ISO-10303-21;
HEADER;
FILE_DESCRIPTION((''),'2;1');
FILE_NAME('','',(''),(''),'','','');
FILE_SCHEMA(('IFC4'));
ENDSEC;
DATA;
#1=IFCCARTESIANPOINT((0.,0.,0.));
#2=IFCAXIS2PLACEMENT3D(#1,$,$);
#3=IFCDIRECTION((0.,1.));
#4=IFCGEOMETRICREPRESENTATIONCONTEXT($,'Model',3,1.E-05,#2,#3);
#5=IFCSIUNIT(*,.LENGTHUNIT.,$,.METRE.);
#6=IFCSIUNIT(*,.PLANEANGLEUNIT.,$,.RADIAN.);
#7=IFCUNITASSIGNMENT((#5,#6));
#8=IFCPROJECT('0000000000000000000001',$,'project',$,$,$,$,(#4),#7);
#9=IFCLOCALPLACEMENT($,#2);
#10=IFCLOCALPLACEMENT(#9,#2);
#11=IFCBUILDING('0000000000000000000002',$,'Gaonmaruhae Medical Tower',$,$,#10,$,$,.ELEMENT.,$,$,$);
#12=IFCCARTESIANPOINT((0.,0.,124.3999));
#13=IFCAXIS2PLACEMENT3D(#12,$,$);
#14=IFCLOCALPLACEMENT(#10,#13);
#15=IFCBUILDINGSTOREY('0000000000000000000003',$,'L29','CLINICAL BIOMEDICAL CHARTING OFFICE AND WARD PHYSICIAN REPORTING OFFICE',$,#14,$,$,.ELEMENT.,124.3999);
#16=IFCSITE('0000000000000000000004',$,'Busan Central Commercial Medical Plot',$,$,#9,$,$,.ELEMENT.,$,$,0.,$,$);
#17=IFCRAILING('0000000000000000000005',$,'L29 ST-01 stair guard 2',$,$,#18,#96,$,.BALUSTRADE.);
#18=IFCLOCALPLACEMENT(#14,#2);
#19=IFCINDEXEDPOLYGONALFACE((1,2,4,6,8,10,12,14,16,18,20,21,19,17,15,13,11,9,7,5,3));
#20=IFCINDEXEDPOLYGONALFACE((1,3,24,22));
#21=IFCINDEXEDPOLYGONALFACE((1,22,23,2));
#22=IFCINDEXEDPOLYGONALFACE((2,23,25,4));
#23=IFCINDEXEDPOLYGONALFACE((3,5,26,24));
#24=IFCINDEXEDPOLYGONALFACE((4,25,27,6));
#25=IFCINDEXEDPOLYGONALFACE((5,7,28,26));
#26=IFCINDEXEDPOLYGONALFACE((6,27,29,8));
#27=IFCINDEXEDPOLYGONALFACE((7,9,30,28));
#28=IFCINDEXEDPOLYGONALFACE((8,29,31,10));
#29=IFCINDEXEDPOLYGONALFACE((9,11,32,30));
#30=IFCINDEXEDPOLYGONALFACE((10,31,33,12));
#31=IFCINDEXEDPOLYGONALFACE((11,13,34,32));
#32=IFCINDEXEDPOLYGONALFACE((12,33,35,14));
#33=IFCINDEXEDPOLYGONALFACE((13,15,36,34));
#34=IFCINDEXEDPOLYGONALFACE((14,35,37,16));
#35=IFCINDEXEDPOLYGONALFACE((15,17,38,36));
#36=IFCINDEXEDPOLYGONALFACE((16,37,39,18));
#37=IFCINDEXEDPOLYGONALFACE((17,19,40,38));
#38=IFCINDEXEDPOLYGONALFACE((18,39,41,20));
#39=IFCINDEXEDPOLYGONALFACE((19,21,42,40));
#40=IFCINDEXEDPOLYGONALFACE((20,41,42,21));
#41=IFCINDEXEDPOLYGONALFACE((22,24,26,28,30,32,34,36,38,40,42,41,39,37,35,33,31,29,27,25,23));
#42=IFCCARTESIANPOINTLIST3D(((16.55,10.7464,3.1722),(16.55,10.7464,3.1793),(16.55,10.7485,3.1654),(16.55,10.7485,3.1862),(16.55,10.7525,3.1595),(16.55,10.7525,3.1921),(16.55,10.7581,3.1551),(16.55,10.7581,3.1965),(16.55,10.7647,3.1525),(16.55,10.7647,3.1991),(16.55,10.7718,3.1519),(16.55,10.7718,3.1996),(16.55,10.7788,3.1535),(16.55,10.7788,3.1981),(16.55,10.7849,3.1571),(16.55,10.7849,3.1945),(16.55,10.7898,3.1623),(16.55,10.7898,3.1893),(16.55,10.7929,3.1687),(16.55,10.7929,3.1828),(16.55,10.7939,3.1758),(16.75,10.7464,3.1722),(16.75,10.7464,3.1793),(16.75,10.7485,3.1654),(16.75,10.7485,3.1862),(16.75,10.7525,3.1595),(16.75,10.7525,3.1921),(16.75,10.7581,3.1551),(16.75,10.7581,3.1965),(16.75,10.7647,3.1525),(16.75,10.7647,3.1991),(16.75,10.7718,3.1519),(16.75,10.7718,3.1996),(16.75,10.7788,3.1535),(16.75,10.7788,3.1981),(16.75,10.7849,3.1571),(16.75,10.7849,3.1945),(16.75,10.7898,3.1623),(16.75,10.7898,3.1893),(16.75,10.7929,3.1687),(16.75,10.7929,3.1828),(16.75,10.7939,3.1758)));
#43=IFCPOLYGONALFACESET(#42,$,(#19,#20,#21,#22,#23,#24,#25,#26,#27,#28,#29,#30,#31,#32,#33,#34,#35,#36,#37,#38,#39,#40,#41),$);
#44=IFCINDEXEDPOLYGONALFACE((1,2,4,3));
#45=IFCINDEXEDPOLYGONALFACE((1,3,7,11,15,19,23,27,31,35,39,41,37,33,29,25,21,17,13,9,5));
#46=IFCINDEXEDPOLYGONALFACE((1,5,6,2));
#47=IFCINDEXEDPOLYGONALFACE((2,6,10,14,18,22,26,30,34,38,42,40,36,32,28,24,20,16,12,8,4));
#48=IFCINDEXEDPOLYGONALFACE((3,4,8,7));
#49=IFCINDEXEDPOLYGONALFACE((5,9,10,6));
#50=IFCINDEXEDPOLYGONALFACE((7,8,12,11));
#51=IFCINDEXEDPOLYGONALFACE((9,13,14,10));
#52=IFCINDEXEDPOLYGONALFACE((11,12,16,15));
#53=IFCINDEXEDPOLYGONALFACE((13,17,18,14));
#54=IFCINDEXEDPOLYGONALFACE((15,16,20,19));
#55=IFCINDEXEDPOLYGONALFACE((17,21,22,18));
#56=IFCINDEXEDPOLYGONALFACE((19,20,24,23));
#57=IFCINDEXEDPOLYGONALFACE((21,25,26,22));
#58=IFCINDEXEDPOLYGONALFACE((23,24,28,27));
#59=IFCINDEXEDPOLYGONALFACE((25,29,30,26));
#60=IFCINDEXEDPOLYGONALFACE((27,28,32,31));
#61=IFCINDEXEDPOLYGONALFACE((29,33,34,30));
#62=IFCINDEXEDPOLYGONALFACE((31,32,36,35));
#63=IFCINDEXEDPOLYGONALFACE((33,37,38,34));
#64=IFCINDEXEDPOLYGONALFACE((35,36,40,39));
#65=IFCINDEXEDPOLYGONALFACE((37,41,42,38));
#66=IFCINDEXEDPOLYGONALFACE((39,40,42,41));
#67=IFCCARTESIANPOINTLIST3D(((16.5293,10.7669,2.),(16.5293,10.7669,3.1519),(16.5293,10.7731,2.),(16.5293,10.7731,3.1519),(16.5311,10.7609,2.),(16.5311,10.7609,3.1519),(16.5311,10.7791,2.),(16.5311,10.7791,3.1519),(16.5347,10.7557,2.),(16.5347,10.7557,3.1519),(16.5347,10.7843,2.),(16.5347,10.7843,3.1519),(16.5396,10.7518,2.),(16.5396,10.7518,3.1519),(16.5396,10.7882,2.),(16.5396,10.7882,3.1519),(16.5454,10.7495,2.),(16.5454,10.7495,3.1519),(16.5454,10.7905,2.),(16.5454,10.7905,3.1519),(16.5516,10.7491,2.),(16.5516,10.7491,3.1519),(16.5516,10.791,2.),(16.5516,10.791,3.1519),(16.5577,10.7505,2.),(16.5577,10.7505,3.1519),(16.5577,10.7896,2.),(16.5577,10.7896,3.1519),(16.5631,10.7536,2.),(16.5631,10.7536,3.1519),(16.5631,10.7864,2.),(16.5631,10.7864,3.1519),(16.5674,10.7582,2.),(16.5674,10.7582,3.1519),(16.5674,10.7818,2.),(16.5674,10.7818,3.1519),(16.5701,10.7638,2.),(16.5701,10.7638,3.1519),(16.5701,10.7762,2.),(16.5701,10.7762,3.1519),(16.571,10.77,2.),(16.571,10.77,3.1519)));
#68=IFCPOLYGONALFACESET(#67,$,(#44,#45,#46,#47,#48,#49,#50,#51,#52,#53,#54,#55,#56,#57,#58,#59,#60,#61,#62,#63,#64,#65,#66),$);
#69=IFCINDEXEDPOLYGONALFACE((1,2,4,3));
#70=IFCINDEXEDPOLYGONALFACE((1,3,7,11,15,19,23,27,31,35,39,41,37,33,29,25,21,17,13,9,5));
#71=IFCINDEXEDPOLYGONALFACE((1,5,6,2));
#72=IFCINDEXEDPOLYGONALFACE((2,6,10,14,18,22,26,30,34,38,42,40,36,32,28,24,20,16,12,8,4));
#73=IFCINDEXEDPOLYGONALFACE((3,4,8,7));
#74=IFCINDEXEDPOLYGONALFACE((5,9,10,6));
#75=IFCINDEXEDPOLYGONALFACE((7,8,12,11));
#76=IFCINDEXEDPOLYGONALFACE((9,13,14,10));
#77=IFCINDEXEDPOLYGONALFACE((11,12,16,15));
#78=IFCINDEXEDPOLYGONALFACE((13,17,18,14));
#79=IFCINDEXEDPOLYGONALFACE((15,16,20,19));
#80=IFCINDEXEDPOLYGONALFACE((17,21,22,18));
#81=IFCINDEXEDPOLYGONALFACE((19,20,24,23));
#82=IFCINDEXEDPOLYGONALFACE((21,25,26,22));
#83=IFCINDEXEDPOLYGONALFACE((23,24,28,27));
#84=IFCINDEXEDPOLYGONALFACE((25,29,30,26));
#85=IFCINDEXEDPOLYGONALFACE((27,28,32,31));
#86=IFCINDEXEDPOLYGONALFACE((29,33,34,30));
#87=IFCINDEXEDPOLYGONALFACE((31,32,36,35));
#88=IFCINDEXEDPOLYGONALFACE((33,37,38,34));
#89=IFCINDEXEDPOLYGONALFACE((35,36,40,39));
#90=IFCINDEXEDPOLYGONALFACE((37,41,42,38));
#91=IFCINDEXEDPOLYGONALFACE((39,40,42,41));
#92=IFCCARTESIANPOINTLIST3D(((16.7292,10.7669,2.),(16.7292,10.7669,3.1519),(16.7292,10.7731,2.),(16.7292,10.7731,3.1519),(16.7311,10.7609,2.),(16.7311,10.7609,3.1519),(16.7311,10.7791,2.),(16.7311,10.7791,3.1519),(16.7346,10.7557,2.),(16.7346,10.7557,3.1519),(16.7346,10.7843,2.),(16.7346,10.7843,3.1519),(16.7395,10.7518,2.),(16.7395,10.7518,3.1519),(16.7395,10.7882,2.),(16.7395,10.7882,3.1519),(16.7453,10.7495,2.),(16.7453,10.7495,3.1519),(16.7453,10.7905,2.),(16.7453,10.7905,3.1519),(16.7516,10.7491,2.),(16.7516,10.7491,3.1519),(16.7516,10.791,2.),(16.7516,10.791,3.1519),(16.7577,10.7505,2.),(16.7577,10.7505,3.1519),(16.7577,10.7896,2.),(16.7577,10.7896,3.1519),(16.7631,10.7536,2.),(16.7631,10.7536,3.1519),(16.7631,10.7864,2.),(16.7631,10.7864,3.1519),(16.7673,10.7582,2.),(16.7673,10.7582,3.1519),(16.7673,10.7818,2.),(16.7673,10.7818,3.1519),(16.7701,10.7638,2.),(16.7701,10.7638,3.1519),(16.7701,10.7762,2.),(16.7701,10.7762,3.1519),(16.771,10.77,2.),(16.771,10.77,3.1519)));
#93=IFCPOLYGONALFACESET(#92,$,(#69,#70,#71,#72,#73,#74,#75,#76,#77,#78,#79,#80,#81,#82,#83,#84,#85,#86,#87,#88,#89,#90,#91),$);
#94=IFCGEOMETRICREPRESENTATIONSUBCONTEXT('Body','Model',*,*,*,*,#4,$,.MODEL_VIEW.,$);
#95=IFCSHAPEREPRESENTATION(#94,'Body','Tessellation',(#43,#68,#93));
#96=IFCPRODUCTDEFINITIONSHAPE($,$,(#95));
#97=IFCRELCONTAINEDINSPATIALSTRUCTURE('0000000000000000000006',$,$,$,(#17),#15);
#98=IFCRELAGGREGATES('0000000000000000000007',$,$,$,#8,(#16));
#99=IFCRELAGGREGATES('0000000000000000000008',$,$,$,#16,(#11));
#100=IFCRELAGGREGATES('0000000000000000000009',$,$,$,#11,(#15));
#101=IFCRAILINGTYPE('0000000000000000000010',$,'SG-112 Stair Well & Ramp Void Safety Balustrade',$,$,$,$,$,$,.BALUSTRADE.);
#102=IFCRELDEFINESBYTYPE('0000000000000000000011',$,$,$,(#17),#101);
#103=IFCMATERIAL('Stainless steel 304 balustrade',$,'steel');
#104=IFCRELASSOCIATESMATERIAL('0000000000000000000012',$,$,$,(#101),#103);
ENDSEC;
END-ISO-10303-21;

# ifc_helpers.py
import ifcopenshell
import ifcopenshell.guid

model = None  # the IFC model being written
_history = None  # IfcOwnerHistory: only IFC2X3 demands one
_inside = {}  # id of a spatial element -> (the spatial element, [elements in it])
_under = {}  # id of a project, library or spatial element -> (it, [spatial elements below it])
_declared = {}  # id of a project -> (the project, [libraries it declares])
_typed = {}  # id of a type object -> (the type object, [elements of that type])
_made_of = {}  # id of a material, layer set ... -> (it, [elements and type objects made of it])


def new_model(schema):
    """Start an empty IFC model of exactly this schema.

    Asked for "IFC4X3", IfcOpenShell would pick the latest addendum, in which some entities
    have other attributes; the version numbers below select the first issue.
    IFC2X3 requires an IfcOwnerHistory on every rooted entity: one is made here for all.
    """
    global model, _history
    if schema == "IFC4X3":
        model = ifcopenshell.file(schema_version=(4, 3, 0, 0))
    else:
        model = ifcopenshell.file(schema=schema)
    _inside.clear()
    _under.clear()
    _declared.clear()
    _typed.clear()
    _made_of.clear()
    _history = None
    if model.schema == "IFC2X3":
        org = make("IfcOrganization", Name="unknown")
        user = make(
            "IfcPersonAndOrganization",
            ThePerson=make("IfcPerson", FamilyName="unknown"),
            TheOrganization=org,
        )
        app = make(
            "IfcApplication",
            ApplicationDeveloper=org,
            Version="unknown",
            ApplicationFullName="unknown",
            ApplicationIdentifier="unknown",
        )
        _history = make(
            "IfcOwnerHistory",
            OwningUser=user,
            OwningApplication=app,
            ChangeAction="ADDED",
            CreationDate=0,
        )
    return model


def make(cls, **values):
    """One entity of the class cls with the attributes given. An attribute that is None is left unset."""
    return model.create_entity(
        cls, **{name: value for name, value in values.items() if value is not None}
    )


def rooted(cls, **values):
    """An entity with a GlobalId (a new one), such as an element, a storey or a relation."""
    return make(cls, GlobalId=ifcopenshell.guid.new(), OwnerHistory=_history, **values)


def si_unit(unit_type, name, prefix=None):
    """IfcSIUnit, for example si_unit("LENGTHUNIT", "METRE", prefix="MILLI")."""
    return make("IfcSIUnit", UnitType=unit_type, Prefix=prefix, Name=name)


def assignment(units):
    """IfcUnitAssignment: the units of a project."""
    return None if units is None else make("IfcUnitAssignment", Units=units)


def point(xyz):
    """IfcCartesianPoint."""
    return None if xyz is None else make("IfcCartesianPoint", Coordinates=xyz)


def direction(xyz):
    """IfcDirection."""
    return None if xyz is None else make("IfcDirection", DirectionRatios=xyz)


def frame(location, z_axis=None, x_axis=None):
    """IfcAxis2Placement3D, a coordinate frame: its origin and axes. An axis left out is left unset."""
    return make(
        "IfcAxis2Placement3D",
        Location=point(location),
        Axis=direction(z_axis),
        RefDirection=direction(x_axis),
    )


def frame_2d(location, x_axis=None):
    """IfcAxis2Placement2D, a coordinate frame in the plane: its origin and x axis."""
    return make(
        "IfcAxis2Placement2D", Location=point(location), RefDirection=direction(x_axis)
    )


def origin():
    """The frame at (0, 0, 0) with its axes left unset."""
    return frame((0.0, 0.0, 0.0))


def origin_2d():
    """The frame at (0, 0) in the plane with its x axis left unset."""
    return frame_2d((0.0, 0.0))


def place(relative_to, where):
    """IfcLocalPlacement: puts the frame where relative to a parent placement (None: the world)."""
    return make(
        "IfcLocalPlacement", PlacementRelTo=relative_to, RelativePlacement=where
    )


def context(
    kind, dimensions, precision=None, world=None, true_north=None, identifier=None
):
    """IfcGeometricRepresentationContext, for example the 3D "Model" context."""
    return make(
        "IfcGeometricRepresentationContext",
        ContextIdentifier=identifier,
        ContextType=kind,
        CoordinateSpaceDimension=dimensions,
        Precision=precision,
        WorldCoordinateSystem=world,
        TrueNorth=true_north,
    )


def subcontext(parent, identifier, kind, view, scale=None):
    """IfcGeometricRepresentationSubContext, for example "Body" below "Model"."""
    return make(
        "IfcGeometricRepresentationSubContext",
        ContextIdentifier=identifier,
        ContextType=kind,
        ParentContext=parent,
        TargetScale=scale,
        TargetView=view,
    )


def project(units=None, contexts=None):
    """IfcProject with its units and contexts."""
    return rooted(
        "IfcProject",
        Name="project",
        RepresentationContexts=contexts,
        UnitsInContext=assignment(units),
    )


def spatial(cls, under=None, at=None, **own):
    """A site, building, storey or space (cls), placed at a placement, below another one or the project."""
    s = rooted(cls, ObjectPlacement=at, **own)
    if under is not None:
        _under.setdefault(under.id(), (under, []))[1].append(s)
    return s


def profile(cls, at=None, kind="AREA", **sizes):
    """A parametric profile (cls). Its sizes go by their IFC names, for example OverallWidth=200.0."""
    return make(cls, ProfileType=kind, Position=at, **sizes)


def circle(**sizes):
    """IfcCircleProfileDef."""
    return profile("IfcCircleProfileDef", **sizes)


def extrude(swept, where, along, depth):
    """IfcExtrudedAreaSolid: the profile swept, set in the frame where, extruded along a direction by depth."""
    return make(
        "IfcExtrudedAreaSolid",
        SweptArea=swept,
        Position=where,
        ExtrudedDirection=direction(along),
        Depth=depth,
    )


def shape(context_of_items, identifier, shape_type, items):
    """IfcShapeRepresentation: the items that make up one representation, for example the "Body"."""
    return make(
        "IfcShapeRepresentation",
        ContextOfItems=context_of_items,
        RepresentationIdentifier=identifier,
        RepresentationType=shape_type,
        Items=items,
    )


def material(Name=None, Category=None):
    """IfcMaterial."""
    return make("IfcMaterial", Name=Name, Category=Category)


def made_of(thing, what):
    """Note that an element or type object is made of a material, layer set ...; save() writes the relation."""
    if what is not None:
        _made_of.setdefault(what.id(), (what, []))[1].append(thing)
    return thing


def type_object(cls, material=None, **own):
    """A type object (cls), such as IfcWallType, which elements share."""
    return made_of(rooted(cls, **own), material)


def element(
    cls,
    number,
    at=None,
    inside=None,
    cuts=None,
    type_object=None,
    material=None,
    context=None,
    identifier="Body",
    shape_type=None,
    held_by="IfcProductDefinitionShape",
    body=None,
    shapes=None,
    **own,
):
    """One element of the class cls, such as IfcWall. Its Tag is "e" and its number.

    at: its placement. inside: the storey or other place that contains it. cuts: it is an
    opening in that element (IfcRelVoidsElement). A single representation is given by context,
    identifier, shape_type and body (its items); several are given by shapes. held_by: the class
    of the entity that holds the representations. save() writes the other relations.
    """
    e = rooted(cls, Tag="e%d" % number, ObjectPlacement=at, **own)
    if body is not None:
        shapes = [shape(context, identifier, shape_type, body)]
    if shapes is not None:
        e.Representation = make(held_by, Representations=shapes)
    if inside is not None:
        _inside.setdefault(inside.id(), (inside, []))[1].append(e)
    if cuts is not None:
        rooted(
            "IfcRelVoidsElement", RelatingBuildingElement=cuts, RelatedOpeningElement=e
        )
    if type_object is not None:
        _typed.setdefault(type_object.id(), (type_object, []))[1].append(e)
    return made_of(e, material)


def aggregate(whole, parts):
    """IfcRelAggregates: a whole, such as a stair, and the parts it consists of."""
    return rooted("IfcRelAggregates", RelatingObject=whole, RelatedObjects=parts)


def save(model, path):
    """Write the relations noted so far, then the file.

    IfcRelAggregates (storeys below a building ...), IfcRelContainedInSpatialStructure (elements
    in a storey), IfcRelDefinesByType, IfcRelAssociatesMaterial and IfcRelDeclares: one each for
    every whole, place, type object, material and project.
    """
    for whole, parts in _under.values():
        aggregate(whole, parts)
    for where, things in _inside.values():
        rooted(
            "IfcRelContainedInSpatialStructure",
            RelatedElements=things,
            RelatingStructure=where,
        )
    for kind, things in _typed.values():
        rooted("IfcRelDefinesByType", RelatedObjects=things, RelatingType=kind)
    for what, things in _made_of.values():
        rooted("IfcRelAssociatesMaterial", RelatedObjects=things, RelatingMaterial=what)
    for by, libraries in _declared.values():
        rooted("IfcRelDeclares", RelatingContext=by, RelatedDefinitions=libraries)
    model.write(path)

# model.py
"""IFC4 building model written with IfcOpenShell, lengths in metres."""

from ifc_helpers import new_model, si_unit, direction, frame, origin, origin_2d, place, context, subcontext, project, spatial, circle, extrude, material, type_object, element, save


model = new_model("IFC4")

# Units and contexts
model_context = context("Model", 3, precision=1e-05, world=origin(), true_north=direction((0.0, 1.0)))
body_context = subcontext(model_context, "Body", "Model", "MODEL_VIEW")
ifc_project = project(units=[si_unit("LENGTHUNIT", "METRE"), si_unit("PLANEANGLEUNIT", "RADIAN")], contexts=[model_context])

# Site, building, storey
site_placement = place(None, origin())
site = spatial("IfcSite", under=ifc_project, at=site_placement, Name="Busan Central Commercial Medical Plot", CompositionType="ELEMENT", RefElevation=0.0)
building_placement = place(site_placement, origin())
building = spatial("IfcBuilding", under=site, at=building_placement, Name="Gaonmaruhae Medical Tower", CompositionType="ELEMENT")
storey_placement = place(building_placement, frame((0.0, 0.0, 124.3999)))
storey = spatial("IfcBuildingStorey", under=building, at=storey_placement, Name="L29", Description="CLINICAL BIOMEDICAL CHARTING OFFICE AND WARD PHYSICIAN REPORTING OFFICE", CompositionType="ELEMENT", Elevation=124.3999)

# Railing
ifc_material_1 = material(Name="Stainless steel 304 balustrade", Category="steel")
railing_type_1 = type_object("IfcRailingType", Name="SG-112 Stair Well & Ramp Void Safety Balustrade", PredefinedType="BALUSTRADE", material=ifc_material_1)
railing_1_placement = place(storey_placement, frame((16.55, 10.77, 2.0)))
element("IfcRailing", 1, at=railing_1_placement, inside=storey, type_object=railing_type_1, Name="L29 ST-01 stair guard 2", PredefinedType="BALUSTRADE", context=body_context, shape_type="SweptSolid", body=[
    extrude(circle(Radius=0.0239, at=origin_2d()), frame((0.0, 0.0, 1.1758), z_axis=(1.0, 0.0, 0.0), x_axis=(0.0, 1.0, 0.0)), (0.0, 0.0, 1.0), 0.2),
    extrude(circle(Radius=0.021, at=origin_2d()), origin(), (0.0, 0.0, 1.0), 1.1519),
    extrude(circle(Radius=0.021, at=origin_2d()), frame((0.2, 0.0, 0.0)), (0.0, 0.0, 1.0), 1.1519),
])

save(model, "model.ifc")
